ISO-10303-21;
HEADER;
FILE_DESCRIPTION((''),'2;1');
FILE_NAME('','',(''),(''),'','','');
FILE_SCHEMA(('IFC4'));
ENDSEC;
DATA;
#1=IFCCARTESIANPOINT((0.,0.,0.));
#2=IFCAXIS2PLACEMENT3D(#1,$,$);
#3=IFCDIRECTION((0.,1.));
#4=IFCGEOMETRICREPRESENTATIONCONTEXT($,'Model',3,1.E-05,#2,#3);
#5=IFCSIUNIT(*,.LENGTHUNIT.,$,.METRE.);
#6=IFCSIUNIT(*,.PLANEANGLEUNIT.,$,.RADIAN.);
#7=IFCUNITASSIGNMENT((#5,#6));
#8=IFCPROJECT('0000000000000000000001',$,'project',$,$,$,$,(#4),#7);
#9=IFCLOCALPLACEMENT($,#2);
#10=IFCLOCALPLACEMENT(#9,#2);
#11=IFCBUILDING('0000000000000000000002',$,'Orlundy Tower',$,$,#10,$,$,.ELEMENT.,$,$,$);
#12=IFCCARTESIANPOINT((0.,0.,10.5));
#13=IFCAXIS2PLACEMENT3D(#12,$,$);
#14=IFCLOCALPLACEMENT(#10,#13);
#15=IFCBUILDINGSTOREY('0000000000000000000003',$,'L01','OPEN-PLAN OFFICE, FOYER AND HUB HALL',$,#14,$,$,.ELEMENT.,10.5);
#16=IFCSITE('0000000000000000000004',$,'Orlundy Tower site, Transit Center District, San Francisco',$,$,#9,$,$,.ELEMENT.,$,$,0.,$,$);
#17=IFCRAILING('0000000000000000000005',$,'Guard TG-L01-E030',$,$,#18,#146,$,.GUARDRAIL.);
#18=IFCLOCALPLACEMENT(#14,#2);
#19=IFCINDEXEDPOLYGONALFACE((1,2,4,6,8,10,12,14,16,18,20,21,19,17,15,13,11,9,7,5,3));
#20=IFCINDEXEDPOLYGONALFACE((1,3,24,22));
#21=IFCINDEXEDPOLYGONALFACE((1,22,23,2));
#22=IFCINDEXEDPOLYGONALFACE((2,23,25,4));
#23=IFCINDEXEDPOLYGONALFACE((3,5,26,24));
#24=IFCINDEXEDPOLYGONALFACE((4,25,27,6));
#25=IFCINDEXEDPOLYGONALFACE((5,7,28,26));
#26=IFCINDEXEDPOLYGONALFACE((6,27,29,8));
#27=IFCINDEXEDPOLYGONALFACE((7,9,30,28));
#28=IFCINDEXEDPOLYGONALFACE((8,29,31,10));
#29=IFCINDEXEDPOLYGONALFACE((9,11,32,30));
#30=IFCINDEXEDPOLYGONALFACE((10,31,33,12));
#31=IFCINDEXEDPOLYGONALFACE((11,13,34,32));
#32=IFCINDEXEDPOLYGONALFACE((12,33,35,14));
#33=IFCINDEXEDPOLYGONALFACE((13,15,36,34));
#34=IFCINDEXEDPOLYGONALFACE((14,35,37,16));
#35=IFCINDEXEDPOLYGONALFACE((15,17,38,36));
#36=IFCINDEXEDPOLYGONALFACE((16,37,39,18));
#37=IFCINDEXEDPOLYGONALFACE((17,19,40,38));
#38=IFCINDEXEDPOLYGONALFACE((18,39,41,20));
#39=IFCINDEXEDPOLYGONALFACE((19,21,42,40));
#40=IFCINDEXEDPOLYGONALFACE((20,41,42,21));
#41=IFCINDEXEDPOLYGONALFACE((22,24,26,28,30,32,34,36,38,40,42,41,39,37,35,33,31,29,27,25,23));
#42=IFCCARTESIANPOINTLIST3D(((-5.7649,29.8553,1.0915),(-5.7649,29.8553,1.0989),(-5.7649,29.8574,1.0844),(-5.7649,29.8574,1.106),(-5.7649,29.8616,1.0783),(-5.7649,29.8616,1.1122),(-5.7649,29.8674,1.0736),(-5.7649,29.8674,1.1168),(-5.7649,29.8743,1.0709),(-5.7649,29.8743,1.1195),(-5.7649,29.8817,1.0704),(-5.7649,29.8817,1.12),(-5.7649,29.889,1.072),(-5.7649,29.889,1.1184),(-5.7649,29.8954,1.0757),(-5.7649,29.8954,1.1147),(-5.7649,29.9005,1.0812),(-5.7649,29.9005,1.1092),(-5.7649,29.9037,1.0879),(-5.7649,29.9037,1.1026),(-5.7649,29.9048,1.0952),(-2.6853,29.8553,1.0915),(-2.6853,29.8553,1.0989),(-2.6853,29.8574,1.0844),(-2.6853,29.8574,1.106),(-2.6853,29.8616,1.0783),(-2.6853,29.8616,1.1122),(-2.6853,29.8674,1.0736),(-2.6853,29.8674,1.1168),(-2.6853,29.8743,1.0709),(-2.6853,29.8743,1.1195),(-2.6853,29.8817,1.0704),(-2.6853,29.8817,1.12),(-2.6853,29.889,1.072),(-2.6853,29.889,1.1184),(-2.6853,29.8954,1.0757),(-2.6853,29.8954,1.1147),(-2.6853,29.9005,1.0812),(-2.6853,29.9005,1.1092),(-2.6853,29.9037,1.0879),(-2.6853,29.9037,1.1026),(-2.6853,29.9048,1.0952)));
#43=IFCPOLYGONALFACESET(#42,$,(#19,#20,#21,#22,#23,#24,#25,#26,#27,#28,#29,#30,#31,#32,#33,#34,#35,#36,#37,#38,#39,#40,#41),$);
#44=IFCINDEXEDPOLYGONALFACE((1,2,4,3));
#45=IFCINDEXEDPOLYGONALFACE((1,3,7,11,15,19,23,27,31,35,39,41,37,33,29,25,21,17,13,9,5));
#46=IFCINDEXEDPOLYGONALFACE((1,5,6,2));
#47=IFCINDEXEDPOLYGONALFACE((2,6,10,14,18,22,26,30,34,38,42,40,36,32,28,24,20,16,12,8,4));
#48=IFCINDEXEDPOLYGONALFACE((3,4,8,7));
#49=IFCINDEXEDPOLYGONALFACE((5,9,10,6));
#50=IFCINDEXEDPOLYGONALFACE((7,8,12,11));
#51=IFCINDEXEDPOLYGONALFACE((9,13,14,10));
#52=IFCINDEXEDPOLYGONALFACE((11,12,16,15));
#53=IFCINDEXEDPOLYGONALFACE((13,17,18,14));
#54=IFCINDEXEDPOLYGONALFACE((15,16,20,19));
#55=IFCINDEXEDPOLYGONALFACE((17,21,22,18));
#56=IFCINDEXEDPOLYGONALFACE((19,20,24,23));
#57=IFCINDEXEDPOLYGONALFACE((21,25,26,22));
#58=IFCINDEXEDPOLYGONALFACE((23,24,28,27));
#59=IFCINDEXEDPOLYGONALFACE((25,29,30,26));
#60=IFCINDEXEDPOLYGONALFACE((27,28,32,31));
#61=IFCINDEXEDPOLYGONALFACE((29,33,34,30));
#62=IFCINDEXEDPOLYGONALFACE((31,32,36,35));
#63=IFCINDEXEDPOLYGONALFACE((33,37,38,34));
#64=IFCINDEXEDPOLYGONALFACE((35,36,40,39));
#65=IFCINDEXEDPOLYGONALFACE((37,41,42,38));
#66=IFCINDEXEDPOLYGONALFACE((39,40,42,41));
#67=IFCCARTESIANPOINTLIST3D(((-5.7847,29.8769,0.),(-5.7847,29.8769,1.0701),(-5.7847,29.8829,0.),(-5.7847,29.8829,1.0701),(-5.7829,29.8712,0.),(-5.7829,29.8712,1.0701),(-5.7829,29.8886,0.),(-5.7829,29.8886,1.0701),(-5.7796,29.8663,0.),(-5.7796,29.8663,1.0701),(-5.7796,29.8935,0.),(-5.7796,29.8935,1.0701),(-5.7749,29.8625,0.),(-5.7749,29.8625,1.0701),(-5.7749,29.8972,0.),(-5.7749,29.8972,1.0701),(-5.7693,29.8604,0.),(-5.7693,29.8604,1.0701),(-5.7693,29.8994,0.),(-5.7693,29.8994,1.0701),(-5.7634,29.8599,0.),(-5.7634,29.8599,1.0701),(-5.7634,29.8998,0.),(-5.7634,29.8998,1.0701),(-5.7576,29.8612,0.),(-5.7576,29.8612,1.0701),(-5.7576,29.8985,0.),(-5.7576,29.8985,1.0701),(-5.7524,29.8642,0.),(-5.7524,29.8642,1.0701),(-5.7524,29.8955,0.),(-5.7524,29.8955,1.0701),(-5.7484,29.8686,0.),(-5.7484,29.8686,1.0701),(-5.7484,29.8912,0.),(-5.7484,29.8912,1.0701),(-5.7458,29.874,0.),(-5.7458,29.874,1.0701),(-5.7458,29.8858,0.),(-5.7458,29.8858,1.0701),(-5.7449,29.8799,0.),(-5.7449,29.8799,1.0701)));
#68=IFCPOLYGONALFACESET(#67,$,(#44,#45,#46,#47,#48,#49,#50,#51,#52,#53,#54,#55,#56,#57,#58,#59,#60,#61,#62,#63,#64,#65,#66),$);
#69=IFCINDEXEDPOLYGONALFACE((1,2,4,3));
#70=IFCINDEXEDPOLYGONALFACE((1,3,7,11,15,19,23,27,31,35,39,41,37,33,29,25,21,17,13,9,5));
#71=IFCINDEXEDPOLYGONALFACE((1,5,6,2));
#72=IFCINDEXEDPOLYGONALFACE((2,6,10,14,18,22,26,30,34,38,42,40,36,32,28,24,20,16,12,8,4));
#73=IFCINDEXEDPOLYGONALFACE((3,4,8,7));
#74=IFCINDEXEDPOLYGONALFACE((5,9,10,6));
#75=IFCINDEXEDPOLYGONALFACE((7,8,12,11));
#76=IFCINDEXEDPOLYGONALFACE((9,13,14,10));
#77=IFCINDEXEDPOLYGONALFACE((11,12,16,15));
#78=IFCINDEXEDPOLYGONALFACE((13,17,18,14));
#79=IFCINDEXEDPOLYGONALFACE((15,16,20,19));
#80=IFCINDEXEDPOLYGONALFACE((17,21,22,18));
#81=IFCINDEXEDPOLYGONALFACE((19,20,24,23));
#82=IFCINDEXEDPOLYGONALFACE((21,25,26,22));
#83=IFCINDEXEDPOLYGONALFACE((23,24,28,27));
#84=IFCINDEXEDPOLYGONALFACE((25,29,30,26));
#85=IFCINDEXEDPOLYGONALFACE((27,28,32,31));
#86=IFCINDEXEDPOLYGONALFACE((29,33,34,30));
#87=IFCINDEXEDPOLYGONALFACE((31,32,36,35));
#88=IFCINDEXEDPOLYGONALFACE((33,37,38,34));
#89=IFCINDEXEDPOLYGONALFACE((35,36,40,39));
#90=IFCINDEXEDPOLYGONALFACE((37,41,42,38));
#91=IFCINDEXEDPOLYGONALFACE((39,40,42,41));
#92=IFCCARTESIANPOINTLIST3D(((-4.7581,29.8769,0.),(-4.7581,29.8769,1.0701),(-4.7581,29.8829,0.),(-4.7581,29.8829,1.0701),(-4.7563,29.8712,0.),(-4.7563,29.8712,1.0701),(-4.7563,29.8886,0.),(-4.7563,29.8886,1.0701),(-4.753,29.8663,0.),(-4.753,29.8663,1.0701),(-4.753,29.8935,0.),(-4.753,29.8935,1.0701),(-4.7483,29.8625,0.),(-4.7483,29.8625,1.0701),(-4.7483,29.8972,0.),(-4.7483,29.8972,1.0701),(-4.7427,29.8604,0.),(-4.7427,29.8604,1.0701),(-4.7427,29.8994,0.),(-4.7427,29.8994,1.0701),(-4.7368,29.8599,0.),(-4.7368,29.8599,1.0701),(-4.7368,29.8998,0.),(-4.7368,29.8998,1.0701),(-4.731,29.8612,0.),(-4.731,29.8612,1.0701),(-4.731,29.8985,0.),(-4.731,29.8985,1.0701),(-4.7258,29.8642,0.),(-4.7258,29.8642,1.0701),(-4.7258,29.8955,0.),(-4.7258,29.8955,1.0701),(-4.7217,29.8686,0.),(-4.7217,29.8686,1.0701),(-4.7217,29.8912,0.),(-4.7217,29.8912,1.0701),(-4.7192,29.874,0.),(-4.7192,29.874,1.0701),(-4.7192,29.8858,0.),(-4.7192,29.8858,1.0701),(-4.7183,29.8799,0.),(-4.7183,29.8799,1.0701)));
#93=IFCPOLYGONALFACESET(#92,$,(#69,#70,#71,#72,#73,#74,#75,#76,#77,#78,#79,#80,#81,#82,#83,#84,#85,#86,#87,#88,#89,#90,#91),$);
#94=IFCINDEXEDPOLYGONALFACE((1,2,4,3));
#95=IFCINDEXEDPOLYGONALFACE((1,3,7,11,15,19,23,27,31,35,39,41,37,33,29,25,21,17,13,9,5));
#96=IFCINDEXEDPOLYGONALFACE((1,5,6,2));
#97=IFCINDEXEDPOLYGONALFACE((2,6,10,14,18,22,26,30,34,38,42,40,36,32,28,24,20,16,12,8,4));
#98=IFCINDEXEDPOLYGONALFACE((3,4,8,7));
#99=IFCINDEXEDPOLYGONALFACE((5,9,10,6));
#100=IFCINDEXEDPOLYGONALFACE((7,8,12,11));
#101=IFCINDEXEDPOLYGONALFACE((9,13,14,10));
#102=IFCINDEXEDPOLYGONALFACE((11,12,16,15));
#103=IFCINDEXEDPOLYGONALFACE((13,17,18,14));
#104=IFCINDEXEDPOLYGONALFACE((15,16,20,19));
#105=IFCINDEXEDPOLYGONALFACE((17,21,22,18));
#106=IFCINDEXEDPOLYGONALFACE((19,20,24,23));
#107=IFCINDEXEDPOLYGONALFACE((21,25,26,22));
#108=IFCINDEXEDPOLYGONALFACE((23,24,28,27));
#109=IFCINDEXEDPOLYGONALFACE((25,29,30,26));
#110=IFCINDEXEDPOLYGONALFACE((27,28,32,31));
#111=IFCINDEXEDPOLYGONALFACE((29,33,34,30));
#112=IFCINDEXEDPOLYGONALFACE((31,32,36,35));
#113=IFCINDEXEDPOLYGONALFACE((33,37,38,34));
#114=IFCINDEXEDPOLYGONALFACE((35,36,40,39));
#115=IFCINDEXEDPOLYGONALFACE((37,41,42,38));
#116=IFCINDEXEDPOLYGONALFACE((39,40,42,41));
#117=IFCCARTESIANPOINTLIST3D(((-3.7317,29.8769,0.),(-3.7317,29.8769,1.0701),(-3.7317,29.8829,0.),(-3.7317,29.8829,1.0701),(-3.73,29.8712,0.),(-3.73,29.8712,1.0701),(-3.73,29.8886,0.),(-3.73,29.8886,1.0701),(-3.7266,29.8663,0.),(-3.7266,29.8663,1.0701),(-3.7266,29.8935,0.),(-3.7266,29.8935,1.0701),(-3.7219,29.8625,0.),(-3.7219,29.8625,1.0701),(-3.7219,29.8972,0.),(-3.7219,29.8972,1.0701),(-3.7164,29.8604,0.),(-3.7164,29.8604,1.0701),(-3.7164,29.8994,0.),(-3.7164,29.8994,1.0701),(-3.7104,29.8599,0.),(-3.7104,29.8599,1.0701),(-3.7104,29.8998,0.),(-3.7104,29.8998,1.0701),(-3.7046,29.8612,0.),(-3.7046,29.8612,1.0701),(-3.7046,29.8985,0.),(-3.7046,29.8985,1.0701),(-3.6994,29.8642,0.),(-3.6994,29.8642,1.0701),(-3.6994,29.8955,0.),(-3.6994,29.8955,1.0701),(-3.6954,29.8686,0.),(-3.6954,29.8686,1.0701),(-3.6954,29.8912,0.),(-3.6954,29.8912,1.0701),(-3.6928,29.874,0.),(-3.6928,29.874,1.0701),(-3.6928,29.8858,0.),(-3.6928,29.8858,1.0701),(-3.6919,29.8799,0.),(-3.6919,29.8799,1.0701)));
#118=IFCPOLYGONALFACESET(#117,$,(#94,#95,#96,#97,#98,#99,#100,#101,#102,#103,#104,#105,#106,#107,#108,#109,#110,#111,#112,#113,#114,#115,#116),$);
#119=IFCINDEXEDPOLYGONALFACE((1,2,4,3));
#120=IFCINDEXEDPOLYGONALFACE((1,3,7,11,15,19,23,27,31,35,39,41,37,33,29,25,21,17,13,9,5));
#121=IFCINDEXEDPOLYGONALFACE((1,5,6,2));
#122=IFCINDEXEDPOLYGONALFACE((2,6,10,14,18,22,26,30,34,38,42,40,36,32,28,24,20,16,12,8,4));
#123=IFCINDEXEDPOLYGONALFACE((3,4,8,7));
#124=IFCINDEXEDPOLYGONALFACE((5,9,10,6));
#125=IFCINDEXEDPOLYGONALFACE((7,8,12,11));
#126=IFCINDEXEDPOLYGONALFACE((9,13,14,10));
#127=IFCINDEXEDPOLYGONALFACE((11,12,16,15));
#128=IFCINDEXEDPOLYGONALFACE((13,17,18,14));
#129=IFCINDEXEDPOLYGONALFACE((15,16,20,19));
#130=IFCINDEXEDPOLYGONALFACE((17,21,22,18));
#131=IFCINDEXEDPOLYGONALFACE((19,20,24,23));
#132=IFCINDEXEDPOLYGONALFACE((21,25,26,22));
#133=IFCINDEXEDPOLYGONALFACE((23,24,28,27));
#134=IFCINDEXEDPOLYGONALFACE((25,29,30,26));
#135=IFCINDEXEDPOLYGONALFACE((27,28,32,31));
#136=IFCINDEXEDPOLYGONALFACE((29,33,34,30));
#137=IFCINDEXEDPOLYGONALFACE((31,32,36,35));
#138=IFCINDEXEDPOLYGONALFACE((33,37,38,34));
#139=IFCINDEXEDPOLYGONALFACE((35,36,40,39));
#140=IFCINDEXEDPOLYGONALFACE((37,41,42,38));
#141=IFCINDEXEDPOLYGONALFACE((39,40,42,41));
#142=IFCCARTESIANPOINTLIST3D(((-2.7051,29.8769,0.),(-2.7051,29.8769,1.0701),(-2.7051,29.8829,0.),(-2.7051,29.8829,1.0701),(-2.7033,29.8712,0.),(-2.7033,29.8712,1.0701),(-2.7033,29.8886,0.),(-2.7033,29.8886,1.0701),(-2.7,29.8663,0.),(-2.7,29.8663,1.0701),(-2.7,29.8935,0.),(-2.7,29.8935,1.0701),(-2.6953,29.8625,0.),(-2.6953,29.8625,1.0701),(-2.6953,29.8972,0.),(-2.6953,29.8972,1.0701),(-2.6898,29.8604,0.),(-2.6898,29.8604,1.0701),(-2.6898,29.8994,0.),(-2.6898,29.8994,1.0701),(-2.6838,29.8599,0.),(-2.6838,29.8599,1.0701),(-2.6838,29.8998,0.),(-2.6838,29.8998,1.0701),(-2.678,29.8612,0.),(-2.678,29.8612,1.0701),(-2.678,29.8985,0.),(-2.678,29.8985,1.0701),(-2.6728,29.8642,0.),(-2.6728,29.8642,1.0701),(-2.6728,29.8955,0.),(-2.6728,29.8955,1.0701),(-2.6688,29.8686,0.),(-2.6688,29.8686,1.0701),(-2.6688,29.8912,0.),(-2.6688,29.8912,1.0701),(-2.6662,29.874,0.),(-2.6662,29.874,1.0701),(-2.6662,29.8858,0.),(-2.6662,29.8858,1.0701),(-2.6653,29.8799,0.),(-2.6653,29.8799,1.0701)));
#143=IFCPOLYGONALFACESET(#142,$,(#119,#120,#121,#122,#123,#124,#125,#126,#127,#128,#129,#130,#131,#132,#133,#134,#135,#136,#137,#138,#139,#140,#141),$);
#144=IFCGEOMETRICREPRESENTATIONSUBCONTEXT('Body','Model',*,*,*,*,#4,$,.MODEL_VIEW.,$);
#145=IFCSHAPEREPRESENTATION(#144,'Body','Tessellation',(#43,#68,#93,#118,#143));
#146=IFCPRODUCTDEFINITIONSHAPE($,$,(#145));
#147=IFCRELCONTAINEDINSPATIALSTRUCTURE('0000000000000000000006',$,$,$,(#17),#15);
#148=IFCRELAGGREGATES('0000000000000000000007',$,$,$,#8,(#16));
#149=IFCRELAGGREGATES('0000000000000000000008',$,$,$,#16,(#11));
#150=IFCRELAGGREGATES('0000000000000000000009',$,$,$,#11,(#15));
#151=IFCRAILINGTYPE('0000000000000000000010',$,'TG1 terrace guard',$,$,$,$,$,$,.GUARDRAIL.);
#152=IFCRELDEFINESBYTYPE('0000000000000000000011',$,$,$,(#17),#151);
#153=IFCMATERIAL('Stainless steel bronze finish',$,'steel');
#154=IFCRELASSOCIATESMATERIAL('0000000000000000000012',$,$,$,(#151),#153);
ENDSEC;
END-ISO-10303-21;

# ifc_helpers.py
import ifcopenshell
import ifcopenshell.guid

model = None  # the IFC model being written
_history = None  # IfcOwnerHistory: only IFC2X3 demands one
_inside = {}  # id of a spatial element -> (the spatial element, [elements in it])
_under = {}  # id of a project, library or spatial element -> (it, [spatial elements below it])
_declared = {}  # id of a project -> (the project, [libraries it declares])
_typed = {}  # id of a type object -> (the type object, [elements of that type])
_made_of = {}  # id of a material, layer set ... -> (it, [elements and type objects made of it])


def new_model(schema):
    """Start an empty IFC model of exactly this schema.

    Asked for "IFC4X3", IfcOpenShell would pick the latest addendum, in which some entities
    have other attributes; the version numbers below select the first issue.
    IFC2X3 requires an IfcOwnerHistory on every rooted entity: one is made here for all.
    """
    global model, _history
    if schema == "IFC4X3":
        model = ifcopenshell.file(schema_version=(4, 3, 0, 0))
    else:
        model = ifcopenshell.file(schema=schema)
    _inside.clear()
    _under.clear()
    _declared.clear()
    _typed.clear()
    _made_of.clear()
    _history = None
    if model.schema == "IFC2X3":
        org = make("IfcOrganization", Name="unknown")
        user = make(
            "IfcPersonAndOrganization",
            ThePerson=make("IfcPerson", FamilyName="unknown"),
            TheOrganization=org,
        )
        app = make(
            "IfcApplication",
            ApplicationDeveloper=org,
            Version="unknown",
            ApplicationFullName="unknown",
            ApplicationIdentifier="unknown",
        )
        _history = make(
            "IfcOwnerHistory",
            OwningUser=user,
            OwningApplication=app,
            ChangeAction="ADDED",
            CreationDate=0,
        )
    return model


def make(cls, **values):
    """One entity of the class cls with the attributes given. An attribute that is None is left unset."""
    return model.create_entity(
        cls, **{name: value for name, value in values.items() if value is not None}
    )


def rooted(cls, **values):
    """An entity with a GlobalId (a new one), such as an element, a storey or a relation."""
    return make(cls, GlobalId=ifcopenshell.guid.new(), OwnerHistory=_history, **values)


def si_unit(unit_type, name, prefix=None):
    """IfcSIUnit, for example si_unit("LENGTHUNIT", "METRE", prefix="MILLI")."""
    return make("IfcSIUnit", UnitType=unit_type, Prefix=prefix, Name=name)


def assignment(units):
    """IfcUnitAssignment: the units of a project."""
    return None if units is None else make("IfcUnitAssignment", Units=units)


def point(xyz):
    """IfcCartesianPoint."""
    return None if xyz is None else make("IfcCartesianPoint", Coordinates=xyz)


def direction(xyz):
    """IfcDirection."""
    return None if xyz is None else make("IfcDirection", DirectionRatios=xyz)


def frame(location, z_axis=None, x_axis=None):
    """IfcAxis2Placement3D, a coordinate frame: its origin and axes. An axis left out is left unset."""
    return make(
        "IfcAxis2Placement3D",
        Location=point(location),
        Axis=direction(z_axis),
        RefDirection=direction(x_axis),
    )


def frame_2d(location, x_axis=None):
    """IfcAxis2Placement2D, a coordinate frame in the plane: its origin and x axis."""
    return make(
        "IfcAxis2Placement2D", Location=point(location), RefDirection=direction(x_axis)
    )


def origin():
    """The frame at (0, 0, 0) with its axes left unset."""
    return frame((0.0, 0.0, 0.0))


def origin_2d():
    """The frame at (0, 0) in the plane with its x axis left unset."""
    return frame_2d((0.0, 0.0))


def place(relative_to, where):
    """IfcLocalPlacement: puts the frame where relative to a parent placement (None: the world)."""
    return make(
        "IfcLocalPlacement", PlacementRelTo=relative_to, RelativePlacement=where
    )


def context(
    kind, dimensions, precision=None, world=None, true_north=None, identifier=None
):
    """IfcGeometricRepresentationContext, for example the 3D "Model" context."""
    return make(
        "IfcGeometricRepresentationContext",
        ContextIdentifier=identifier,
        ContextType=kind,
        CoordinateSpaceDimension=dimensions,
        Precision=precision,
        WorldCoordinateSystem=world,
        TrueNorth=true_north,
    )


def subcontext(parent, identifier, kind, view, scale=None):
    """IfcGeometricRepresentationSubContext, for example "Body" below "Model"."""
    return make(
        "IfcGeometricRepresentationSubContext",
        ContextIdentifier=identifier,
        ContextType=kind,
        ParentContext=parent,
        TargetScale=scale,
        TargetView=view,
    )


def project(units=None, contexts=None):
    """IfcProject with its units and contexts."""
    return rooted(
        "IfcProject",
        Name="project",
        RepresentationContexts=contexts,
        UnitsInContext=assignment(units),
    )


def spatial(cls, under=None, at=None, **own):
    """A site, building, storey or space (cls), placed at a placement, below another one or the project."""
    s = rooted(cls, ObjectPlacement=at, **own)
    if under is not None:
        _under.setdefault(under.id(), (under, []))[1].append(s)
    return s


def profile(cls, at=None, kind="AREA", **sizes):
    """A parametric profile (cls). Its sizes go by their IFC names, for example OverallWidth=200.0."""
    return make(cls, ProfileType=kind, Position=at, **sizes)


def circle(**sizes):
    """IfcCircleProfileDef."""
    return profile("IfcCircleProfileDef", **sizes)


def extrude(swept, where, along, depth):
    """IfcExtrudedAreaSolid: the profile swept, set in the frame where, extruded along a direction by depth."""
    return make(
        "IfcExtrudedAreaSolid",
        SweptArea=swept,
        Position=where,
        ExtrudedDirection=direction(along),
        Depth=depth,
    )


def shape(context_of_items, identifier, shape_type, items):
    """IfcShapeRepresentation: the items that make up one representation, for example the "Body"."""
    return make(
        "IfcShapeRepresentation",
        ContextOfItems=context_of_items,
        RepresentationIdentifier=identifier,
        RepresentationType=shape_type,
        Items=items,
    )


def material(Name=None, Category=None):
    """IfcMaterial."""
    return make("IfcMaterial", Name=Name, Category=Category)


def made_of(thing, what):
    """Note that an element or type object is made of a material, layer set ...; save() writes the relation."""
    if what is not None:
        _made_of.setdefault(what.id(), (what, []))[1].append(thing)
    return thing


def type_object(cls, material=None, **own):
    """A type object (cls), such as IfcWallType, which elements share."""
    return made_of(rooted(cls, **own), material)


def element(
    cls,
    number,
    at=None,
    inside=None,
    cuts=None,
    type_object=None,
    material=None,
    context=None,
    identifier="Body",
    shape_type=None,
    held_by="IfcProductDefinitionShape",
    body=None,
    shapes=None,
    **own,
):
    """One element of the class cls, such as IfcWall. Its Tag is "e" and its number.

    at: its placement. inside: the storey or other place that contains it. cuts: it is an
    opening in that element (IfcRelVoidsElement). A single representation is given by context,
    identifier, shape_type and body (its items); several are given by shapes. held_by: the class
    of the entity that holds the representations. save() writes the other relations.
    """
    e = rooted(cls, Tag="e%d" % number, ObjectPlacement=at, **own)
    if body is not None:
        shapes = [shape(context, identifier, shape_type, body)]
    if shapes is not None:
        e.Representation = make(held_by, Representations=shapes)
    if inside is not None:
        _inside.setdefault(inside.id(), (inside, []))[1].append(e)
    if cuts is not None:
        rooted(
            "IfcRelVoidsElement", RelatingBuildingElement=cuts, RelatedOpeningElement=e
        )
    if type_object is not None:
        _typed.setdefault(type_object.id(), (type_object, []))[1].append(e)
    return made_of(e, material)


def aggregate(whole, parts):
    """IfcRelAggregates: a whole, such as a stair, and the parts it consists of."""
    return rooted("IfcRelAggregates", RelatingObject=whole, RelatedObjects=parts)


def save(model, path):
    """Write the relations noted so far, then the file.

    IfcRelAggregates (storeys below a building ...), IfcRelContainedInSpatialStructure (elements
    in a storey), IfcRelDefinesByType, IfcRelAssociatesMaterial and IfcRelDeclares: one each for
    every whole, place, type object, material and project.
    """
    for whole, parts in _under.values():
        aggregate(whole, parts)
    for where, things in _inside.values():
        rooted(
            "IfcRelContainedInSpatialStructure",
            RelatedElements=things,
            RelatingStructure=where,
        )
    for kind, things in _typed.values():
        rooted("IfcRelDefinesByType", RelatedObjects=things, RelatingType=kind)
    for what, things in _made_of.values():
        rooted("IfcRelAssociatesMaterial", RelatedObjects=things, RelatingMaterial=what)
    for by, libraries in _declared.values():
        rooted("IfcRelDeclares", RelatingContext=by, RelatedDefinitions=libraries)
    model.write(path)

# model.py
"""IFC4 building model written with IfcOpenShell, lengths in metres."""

from ifc_helpers import new_model, si_unit, direction, frame, origin, origin_2d, place, context, subcontext, project, spatial, circle, extrude, material, type_object, element, save


model = new_model("IFC4")

# Units and contexts
model_context = context("Model", 3, precision=1e-05, world=origin(), true_north=direction((0.0, 1.0)))
body_context = subcontext(model_context, "Body", "Model", "MODEL_VIEW")
ifc_project = project(units=[si_unit("LENGTHUNIT", "METRE"), si_unit("PLANEANGLEUNIT", "RADIAN")], contexts=[model_context])

# Site, building, storey
site_placement = place(None, origin())
site = spatial("IfcSite", under=ifc_project, at=site_placement, Name="Orlundy Tower site, Transit Center District, San Francisco", CompositionType="ELEMENT", RefElevation=0.0)
building_placement = place(site_placement, origin())
building = spatial("IfcBuilding", under=site, at=building_placement, Name="Orlundy Tower", CompositionType="ELEMENT")
storey_placement = place(building_placement, frame((0.0, 0.0, 10.5)))
storey = spatial("IfcBuildingStorey", under=building, at=storey_placement, Name="L01", Description="OPEN-PLAN OFFICE, FOYER AND HUB HALL", CompositionType="ELEMENT", Elevation=10.5)

# Railing
ifc_material_1 = material(Name="Stainless steel bronze finish", Category="steel")
railing_type = type_object("IfcRailingType", Name="TG1 terrace guard", PredefinedType="GUARDRAIL", material=ifc_material_1)
railing_1_placement = place(storey_placement, frame((-5.7649, 29.8799, 0.0)))
element("IfcRailing", 1, at=railing_1_placement, inside=storey, type_object=railing_type, Name="Guard TG-L01-E030", PredefinedType="GUARDRAIL", context=body_context, shape_type="SweptSolid", body=[
    extrude(circle(Radius=0.0249, at=origin_2d()), frame((0.0, 0.0, 1.0952), z_axis=(1.0, 0.0, 0.0), x_axis=(0.0, 1.0, 0.0)), (0.0, 0.0, 1.0), 3.0796),
    extrude(circle(Radius=0.02, at=origin_2d()), origin(), (0.0, 0.0, 1.0), 1.0701),
    extrude(circle(Radius=0.02, at=origin_2d()), frame((1.0266, 0.0, 0.0)), (0.0, 0.0, 1.0), 1.0701),
    extrude(circle(Radius=0.02, at=origin_2d()), frame((2.053, 0.0, 0.0)), (0.0, 0.0, 1.0), 1.0701),
    extrude(circle(Radius=0.02, at=origin_2d()), frame((3.0796, 0.0, 0.0)), (0.0, 0.0, 1.0), 1.0701),
])

save(model, "model.ifc")
